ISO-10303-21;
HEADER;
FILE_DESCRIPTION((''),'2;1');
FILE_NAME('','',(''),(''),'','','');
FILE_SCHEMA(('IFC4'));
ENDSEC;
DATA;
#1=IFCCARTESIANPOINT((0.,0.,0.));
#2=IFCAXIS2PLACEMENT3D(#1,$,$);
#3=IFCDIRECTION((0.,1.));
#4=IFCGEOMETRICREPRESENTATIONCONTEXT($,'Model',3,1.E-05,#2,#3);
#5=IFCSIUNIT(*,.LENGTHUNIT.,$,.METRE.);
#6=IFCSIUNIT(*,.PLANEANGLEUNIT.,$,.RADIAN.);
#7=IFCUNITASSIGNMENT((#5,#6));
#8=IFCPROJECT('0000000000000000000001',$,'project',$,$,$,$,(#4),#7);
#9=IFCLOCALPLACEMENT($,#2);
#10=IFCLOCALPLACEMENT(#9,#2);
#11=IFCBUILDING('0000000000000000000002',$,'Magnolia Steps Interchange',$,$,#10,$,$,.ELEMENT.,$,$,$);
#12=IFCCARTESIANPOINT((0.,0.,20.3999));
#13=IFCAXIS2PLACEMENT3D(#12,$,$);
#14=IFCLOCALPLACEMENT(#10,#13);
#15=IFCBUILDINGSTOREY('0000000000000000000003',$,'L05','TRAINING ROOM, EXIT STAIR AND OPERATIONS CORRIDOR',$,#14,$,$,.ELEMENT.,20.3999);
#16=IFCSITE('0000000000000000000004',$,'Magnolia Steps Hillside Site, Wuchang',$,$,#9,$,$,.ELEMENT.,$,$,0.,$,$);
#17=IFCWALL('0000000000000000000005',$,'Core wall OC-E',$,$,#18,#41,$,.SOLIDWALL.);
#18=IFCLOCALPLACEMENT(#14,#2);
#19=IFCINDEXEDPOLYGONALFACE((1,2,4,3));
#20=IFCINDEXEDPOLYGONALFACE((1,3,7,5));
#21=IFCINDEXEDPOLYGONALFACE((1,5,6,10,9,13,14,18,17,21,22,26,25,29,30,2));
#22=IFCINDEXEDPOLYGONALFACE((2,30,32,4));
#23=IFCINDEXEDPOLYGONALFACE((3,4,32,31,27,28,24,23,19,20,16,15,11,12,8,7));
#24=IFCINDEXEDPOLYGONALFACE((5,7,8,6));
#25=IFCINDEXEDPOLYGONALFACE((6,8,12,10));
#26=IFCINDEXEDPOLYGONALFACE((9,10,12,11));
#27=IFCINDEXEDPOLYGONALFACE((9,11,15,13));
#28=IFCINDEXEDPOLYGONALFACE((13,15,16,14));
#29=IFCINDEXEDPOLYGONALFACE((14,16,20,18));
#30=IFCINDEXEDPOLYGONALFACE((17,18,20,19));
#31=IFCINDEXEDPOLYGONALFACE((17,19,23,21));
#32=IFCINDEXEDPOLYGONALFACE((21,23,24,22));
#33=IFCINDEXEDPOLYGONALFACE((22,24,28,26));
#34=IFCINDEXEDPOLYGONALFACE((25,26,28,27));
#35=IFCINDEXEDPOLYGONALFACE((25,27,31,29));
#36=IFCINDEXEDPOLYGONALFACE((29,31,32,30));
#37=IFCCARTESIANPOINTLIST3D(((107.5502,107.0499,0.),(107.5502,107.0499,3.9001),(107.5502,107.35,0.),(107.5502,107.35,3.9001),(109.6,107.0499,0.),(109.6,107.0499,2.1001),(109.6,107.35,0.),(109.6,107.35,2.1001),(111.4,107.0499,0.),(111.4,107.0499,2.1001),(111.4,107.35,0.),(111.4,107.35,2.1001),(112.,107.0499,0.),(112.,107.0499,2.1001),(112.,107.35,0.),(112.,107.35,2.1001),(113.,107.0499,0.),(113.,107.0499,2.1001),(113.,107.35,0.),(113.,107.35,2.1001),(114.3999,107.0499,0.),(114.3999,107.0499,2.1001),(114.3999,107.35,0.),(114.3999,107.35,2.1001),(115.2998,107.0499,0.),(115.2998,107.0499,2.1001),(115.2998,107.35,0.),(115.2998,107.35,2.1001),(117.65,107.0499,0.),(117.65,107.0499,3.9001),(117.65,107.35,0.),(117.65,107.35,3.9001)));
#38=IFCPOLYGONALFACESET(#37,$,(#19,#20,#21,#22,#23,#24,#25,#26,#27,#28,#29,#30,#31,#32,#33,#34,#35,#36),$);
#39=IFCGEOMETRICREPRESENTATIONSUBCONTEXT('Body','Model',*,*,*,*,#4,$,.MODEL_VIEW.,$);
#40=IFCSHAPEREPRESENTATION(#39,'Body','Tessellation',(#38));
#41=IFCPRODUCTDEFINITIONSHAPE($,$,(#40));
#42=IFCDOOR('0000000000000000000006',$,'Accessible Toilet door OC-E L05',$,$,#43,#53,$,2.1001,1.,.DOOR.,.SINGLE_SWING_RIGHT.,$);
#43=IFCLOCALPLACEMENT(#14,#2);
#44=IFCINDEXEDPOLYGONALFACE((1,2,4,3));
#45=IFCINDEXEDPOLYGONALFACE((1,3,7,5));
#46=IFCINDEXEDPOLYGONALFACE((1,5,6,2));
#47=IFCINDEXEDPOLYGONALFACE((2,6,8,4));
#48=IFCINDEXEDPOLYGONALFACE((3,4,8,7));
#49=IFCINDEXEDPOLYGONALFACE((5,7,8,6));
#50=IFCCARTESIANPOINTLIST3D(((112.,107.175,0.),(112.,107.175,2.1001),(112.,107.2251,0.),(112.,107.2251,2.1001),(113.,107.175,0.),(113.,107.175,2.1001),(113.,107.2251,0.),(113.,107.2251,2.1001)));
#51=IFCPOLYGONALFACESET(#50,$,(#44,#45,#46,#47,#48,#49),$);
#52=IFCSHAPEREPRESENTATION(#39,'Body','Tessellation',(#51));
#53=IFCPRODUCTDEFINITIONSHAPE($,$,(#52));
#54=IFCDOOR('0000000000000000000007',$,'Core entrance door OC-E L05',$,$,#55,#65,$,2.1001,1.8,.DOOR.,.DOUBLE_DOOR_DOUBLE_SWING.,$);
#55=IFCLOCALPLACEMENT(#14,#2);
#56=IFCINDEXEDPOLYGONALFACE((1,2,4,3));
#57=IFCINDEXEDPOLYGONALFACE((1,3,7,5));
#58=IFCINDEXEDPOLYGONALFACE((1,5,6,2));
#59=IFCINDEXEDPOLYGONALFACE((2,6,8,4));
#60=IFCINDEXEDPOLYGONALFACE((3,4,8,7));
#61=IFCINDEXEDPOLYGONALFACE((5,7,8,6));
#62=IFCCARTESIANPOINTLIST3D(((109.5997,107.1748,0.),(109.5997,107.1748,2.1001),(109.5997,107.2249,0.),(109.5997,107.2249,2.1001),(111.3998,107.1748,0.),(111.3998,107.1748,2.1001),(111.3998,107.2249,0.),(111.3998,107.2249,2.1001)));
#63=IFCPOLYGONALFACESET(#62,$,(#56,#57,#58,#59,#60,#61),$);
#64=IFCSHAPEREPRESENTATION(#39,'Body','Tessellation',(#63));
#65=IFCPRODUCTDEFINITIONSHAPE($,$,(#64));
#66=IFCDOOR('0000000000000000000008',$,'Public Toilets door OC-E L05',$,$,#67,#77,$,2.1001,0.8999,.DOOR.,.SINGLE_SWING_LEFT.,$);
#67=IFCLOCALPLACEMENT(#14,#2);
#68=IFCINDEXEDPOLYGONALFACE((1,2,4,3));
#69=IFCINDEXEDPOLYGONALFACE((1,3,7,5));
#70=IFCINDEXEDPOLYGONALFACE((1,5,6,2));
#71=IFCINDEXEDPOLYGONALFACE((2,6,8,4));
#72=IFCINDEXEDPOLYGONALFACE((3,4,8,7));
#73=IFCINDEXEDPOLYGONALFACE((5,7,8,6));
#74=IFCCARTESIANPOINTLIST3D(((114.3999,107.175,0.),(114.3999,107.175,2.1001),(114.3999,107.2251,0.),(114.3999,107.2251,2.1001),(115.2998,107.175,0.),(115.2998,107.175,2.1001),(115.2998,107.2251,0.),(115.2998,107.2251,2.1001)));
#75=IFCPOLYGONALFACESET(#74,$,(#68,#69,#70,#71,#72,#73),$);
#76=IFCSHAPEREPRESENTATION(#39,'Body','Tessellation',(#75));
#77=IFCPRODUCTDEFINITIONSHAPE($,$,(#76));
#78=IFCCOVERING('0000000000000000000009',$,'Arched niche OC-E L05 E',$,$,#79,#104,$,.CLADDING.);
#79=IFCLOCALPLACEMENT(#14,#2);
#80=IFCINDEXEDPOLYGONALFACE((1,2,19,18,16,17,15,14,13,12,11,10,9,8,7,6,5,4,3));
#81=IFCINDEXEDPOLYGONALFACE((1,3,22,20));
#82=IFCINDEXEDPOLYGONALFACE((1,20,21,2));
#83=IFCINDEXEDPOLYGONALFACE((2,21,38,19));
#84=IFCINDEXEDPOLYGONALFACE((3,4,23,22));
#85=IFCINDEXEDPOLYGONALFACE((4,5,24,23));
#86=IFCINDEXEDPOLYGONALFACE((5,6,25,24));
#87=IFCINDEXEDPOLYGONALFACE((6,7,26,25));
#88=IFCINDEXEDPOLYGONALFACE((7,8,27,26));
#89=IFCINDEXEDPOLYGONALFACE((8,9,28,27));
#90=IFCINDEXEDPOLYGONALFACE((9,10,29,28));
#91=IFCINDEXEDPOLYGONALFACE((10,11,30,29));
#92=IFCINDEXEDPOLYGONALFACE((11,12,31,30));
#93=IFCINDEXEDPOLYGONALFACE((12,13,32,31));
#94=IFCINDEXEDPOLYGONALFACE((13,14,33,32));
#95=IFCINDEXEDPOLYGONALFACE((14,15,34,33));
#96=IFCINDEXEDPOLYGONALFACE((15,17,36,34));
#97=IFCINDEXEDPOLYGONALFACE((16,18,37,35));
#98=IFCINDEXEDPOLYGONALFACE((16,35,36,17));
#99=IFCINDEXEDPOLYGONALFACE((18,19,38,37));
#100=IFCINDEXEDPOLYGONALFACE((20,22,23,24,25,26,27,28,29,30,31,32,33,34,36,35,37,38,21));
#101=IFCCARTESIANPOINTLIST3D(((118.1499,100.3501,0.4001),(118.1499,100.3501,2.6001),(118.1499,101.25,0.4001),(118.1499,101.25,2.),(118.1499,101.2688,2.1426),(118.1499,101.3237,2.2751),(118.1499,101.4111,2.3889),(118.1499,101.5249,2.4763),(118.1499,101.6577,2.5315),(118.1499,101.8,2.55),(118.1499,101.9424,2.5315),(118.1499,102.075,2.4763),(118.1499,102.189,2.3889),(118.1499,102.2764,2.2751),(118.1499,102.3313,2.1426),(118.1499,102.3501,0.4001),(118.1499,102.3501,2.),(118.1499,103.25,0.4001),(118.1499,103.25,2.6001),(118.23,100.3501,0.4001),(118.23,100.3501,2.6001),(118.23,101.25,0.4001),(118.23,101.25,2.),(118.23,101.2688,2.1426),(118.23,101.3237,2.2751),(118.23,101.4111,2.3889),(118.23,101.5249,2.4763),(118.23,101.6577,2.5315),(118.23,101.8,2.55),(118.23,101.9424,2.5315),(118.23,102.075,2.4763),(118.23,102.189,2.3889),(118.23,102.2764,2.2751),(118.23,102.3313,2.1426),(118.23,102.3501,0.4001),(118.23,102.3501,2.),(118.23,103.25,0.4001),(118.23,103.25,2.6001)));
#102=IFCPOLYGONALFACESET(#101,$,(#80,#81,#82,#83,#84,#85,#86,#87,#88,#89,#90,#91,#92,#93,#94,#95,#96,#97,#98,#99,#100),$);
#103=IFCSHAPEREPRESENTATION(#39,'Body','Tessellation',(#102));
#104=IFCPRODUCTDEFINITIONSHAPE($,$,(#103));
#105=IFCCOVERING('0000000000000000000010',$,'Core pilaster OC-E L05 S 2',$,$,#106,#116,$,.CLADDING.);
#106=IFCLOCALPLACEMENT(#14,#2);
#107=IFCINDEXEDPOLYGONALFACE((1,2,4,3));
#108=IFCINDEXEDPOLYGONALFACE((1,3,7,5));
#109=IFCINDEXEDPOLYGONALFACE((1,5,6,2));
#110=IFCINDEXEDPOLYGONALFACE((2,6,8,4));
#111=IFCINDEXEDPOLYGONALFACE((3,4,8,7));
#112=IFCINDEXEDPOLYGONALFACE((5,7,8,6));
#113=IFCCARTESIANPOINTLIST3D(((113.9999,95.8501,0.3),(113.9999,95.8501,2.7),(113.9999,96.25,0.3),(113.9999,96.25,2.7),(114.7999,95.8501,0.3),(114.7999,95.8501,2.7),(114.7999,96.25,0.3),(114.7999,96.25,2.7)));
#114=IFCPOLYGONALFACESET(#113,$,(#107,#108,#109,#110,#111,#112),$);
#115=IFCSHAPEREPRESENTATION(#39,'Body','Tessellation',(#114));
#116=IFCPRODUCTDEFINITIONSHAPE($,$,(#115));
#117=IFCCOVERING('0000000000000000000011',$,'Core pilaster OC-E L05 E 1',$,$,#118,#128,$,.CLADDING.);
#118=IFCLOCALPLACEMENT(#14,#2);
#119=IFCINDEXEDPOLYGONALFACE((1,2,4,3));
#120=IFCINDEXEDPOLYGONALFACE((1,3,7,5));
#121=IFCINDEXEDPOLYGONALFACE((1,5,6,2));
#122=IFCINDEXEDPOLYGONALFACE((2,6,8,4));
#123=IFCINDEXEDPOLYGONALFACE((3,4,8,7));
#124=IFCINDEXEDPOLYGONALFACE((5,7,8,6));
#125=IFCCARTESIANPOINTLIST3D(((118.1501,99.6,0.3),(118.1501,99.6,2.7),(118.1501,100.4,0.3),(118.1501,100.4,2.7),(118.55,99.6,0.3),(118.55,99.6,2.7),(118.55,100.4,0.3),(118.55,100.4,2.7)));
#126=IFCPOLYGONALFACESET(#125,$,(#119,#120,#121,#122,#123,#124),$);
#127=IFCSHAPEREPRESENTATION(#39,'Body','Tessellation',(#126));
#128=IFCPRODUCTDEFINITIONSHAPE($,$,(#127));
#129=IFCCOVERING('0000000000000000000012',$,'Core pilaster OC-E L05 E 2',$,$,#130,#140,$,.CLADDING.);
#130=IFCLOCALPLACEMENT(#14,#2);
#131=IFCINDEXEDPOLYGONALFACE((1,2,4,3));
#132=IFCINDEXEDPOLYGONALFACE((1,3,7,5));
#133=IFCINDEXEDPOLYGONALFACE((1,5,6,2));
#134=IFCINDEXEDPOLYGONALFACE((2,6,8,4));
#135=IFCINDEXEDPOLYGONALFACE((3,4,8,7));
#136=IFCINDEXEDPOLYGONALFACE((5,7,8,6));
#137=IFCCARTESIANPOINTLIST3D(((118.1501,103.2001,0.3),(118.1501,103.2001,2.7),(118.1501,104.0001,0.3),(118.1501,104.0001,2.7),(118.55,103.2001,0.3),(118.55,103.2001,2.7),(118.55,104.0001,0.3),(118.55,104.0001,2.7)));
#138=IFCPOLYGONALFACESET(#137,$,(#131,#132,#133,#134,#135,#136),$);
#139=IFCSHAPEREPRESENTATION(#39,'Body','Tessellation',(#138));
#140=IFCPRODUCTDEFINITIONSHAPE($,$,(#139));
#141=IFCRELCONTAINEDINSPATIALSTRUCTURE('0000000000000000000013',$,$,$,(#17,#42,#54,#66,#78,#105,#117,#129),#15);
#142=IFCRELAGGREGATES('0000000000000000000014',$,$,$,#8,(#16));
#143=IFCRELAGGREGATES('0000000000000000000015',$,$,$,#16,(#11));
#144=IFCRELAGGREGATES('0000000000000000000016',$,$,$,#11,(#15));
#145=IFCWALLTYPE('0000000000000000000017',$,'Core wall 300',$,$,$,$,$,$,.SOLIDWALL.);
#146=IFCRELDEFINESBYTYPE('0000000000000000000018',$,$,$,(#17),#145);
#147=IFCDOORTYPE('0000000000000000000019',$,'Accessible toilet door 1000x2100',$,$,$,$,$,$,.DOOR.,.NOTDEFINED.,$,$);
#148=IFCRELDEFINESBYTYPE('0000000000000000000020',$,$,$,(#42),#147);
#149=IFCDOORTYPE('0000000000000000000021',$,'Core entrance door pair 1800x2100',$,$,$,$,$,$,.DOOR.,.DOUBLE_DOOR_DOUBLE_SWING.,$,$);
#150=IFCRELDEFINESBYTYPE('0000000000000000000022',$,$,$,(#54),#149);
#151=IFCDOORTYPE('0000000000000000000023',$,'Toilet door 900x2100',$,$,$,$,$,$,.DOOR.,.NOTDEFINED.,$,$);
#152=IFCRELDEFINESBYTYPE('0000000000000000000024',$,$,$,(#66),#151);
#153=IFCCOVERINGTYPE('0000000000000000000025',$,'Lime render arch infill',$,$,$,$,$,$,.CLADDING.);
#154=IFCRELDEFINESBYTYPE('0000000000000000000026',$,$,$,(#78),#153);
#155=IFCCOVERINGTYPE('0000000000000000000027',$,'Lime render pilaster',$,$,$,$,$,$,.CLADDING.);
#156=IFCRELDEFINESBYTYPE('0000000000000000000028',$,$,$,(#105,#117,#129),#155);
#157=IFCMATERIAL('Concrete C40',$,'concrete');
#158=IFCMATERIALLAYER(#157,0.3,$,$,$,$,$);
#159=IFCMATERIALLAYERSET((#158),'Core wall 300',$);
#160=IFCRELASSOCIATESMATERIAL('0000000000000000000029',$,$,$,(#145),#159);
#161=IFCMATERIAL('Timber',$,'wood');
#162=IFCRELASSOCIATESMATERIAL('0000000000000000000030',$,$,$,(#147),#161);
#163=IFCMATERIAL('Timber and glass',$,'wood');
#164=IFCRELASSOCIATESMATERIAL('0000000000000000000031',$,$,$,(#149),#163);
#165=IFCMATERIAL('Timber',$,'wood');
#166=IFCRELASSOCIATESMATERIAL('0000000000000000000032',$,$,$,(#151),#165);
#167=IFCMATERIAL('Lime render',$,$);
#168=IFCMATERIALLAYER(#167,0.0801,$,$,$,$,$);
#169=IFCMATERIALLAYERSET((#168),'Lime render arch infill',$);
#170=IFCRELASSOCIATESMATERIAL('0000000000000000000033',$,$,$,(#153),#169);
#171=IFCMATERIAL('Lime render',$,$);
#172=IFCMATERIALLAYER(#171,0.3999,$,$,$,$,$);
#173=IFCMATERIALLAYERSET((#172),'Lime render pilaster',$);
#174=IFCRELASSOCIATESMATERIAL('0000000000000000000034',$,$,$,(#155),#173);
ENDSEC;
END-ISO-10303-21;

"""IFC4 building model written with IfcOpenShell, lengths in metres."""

from ifc_helpers import new_model, si_unit, direction, frame, frame_2d, origin, origin_2d, place, context, subcontext, project, spatial, polyline, rectangle, outline, extrude, material, layer, layer_set, type_object, element, fill, save


model = new_model("IFC4")

# Units and contexts
model_context = context("Model", 3, precision=1e-05, world=origin(), true_north=direction((0.0, 1.0)))
body_context = subcontext(model_context, "Body", "Model", "MODEL_VIEW")
ifc_project = project(units=[si_unit("LENGTHUNIT", "METRE"), si_unit("PLANEANGLEUNIT", "RADIAN")], contexts=[model_context])

# Site, building, storey
site_placement = place(None, origin())
site = spatial("IfcSite", under=ifc_project, at=site_placement, Name="Magnolia Steps Hillside Site, Wuchang", CompositionType="ELEMENT", RefElevation=0.0)
building_placement = place(site_placement, origin())
building = spatial("IfcBuilding", under=site, at=building_placement, Name="Magnolia Steps Interchange", CompositionType="ELEMENT")
storey_placement = place(building_placement, frame((0.0, 0.0, 20.3999)))
storey = spatial("IfcBuildingStorey", under=building, at=storey_placement, Name="L05", Description="TRAINING ROOM, EXIT STAIR AND OPERATIONS CORRIDOR", CompositionType="ELEMENT", Elevation=20.3999)

# Shared definitions
ifc_material_1 = material(Name="Concrete C40", Category="concrete")
ifc_layer_1 = layer(ifc_material_1, 0.3)
ifc_layer_set_1 = layer_set([ifc_layer_1], Name="Core wall 300")
wall_type_1 = type_object("IfcWallType", Name="Core wall 300", PredefinedType="SOLIDWALL", material=ifc_layer_set_1)

# Wall, openings, doors
wall_1_placement = place(storey_placement, frame((117.6499, 107.2, 0.0), z_axis=(0.0, 0.0, 1.0), x_axis=(-1.0, 0.0, 0.0)))
wall_1 = element("IfcWall", 1, at=wall_1_placement, inside=storey, type_object=wall_type_1, Name="Core wall OC-E", PredefinedType="SOLIDWALL", context=body_context, shape_type="SweptSolid", body=[
    extrude(rectangle(XDim=10.0999, YDim=0.3, at=frame_2d((5.0498, 0.0))), origin(), (0.0, 0.0, 1.0), 3.9001),
])
opening_1_placement = place(wall_1_placement, frame((6.25, 0.0, 0.0)))
opening_1 = element("IfcOpeningElement", 2, at=opening_1_placement, cuts=wall_1, PredefinedType="OPENING", context=body_context, shape_type="SweptSolid", body=[
    extrude(rectangle(XDim=1.8, YDim=2.1001, at=frame_2d((0.8999, 1.05))), frame((0.0, 0.1599, 0.0), z_axis=(0.0, -1.0, 0.0), x_axis=(1.0, 0.0, 0.0)), (0.0, 0.0, 1.0), 0.3201),
])
opening_2_placement = place(wall_1_placement, frame((4.6499, 0.0, 0.0)))
opening_2 = element("IfcOpeningElement", 3, at=opening_2_placement, cuts=wall_1, PredefinedType="OPENING", context=body_context, shape_type="SweptSolid", body=[
    extrude(rectangle(XDim=1.0, YDim=2.1001, at=frame_2d((0.5, 1.05))), frame((0.0, 0.1599, 0.0), z_axis=(0.0, -1.0, 0.0), x_axis=(1.0, 0.0, 0.0)), (0.0, 0.0, 1.0), 0.3201),
])
opening_3_placement = place(wall_1_placement, frame((2.3501, 0.0, 0.0)))
opening_3 = element("IfcOpeningElement", 4, at=opening_3_placement, cuts=wall_1, PredefinedType="OPENING", context=body_context, shape_type="SweptSolid", body=[
    extrude(rectangle(XDim=0.8999, YDim=2.1001, at=frame_2d((0.45, 1.05))), frame((0.0, 0.1599, 0.0), z_axis=(0.0, -1.0, 0.0), x_axis=(1.0, 0.0, 0.0)), (0.0, 0.0, 1.0), 0.3201),
])
ifc_material_2 = material(Name="Timber", Category="wood")
door_type_1 = type_object("IfcDoorType", Name="Accessible toilet door 1000x2100", OperationType="NOTDEFINED", PredefinedType="DOOR", material=ifc_material_2)
door_1_placement = place(opening_2_placement, origin())
door_1 = element("IfcDoor", 5, at=door_1_placement, inside=storey, type_object=door_type_1, Name="Accessible Toilet door OC-E L05", OperationType="SINGLE_SWING_RIGHT", OverallHeight=2.1001, OverallWidth=1.0, PredefinedType="DOOR", context=body_context, shape_type="SweptSolid", body=[
    extrude(rectangle(XDim=1.0, YDim=2.1001, at=frame_2d((0.5, 1.05))), frame((0.0, 0.0249, 0.0), z_axis=(0.0, -1.0, 0.0), x_axis=(1.0, 0.0, 0.0)), (0.0, 0.0, 1.0), 0.05),
])
fill(opening_2, door_1)
ifc_material_3 = material(Name="Timber and glass", Category="wood")
door_type_2 = type_object("IfcDoorType", Name="Core entrance door pair 1800x2100", OperationType="DOUBLE_DOOR_DOUBLE_SWING", PredefinedType="DOOR", material=ifc_material_3)
door_2_placement = place(opening_1_placement, frame((1.8, 0.0, 0.0), z_axis=(0.0, 0.0, 1.0), x_axis=(-1.0, 0.0, 0.0)))
door_2 = element("IfcDoor", 6, at=door_2_placement, inside=storey, type_object=door_type_2, Name="Core entrance door OC-E L05", OperationType="DOUBLE_DOOR_DOUBLE_SWING", OverallHeight=2.1001, OverallWidth=1.8, PredefinedType="DOOR", context=body_context, shape_type="SweptSolid", body=[
    extrude(rectangle(XDim=1.8, YDim=2.1001, at=frame_2d((0.8999, 1.05))), frame((0.0, 0.0249, 0.0), z_axis=(0.0, -1.0, 0.0), x_axis=(1.0, 0.0, 0.0)), (0.0, 0.0, 1.0), 0.05),
])
fill(opening_1, door_2)
ifc_material_4 = material(Name="Timber", Category="wood")
door_type_3 = type_object("IfcDoorType", Name="Toilet door 900x2100", OperationType="NOTDEFINED", PredefinedType="DOOR", material=ifc_material_4)
door_3_placement = place(opening_3_placement, origin())
door_3 = element("IfcDoor", 7, at=door_3_placement, inside=storey, type_object=door_type_3, Name="Public Toilets door OC-E L05", OperationType="SINGLE_SWING_LEFT", OverallHeight=2.1001, OverallWidth=0.8999, PredefinedType="DOOR", context=body_context, shape_type="SweptSolid", body=[
    extrude(rectangle(XDim=0.8999, YDim=2.1001, at=frame_2d((0.45, 1.05))), frame((0.0, 0.0249, 0.0), z_axis=(0.0, -1.0, 0.0), x_axis=(1.0, 0.0, 0.0)), (0.0, 0.0, 1.0), 0.05),
])
fill(opening_3, door_3)

# Coverings
ifc_material_5 = material(Name="Lime render")
ifc_layer_2 = layer(ifc_material_5, 0.0801)
ifc_layer_set_2 = layer_set([ifc_layer_2], Name="Lime render arch infill")
covering_type_1 = type_object("IfcCoveringType", Name="Lime render arch infill", PredefinedType="CLADDING", material=ifc_layer_set_2)
covering_1_placement = place(storey_placement, frame((118.1499, 100.3501, 0.4001), z_axis=(-1.0, 0.0, 0.0), x_axis=(0.0, 0.0, 1.0)))
element("IfcCovering", 8, at=covering_1_placement, inside=storey, type_object=covering_type_1, Name="Arched niche OC-E L05 E", PredefinedType="CLADDING", context=body_context, shape_type="SweptSolid", body=[
    extrude(outline(polyline([(0.0, 0.0), (2.2, 0.0), (2.2, 2.8999), (0.0, 2.8999), (0.0, 2.0), (1.5999, 2.0), (1.7424, 1.9812), (1.875, 1.9263), (1.9888, 1.8389), (2.0762, 1.7249), (2.1313, 1.5923), (2.1499, 1.45), (2.1313, 1.3076), (2.0762, 1.1748), (1.9888, 1.061), (1.875, 0.9736), (1.7424, 0.9187), (1.5999, 0.8999), (0.0, 0.8999), (0.0, 0.0)])), origin(), (0.0, 0.0, -1.0), 0.0801),
])
ifc_material_6 = material(Name="Lime render")
ifc_layer_3 = layer(ifc_material_6, 0.3999)
ifc_layer_set_3 = layer_set([ifc_layer_3], Name="Lime render pilaster")
covering_type_2 = type_object("IfcCoveringType", Name="Lime render pilaster", PredefinedType="CLADDING", material=ifc_layer_set_3)
covering_2_placement = place(storey_placement, frame((114.3999, 96.05, 0.3), z_axis=(0.0, 0.0, 1.0), x_axis=(1.0, 0.0, 0.0)))
element("IfcCovering", 9, at=covering_2_placement, inside=storey, type_object=covering_type_2, Name="Core pilaster OC-E L05 S 2", PredefinedType="CLADDING", context=body_context, shape_type="SweptSolid", body=[
    extrude(rectangle(XDim=0.8, YDim=0.3999, at=origin_2d()), origin(), (0.0, 0.0, 1.0), 2.3999),
])
for number, where, z_axis, x_axis, name in (
    (10, (118.3501, 100.0, 0.3), (0.0, 0.0, 1.0), (1.0, 0.0, 0.0), "Core pilaster OC-E L05 E 1"),
    (11, (118.3501, 103.6001, 0.3), (0.0, 0.0, 1.0), (1.0, 0.0, 0.0), "Core pilaster OC-E L05 E 2"),
):
    element("IfcCovering", number, at=place(storey_placement, frame(where, z_axis=z_axis, x_axis=x_axis)), inside=storey, type_object=covering_type_2, Name=name, PredefinedType="CLADDING", context=body_context, shape_type="SweptSolid", body=[
        extrude(rectangle(XDim=0.3999, YDim=0.8, at=origin_2d()), origin(), (0.0, 0.0, 1.0), 2.3999),
    ])

save(model, "model.ifc")
